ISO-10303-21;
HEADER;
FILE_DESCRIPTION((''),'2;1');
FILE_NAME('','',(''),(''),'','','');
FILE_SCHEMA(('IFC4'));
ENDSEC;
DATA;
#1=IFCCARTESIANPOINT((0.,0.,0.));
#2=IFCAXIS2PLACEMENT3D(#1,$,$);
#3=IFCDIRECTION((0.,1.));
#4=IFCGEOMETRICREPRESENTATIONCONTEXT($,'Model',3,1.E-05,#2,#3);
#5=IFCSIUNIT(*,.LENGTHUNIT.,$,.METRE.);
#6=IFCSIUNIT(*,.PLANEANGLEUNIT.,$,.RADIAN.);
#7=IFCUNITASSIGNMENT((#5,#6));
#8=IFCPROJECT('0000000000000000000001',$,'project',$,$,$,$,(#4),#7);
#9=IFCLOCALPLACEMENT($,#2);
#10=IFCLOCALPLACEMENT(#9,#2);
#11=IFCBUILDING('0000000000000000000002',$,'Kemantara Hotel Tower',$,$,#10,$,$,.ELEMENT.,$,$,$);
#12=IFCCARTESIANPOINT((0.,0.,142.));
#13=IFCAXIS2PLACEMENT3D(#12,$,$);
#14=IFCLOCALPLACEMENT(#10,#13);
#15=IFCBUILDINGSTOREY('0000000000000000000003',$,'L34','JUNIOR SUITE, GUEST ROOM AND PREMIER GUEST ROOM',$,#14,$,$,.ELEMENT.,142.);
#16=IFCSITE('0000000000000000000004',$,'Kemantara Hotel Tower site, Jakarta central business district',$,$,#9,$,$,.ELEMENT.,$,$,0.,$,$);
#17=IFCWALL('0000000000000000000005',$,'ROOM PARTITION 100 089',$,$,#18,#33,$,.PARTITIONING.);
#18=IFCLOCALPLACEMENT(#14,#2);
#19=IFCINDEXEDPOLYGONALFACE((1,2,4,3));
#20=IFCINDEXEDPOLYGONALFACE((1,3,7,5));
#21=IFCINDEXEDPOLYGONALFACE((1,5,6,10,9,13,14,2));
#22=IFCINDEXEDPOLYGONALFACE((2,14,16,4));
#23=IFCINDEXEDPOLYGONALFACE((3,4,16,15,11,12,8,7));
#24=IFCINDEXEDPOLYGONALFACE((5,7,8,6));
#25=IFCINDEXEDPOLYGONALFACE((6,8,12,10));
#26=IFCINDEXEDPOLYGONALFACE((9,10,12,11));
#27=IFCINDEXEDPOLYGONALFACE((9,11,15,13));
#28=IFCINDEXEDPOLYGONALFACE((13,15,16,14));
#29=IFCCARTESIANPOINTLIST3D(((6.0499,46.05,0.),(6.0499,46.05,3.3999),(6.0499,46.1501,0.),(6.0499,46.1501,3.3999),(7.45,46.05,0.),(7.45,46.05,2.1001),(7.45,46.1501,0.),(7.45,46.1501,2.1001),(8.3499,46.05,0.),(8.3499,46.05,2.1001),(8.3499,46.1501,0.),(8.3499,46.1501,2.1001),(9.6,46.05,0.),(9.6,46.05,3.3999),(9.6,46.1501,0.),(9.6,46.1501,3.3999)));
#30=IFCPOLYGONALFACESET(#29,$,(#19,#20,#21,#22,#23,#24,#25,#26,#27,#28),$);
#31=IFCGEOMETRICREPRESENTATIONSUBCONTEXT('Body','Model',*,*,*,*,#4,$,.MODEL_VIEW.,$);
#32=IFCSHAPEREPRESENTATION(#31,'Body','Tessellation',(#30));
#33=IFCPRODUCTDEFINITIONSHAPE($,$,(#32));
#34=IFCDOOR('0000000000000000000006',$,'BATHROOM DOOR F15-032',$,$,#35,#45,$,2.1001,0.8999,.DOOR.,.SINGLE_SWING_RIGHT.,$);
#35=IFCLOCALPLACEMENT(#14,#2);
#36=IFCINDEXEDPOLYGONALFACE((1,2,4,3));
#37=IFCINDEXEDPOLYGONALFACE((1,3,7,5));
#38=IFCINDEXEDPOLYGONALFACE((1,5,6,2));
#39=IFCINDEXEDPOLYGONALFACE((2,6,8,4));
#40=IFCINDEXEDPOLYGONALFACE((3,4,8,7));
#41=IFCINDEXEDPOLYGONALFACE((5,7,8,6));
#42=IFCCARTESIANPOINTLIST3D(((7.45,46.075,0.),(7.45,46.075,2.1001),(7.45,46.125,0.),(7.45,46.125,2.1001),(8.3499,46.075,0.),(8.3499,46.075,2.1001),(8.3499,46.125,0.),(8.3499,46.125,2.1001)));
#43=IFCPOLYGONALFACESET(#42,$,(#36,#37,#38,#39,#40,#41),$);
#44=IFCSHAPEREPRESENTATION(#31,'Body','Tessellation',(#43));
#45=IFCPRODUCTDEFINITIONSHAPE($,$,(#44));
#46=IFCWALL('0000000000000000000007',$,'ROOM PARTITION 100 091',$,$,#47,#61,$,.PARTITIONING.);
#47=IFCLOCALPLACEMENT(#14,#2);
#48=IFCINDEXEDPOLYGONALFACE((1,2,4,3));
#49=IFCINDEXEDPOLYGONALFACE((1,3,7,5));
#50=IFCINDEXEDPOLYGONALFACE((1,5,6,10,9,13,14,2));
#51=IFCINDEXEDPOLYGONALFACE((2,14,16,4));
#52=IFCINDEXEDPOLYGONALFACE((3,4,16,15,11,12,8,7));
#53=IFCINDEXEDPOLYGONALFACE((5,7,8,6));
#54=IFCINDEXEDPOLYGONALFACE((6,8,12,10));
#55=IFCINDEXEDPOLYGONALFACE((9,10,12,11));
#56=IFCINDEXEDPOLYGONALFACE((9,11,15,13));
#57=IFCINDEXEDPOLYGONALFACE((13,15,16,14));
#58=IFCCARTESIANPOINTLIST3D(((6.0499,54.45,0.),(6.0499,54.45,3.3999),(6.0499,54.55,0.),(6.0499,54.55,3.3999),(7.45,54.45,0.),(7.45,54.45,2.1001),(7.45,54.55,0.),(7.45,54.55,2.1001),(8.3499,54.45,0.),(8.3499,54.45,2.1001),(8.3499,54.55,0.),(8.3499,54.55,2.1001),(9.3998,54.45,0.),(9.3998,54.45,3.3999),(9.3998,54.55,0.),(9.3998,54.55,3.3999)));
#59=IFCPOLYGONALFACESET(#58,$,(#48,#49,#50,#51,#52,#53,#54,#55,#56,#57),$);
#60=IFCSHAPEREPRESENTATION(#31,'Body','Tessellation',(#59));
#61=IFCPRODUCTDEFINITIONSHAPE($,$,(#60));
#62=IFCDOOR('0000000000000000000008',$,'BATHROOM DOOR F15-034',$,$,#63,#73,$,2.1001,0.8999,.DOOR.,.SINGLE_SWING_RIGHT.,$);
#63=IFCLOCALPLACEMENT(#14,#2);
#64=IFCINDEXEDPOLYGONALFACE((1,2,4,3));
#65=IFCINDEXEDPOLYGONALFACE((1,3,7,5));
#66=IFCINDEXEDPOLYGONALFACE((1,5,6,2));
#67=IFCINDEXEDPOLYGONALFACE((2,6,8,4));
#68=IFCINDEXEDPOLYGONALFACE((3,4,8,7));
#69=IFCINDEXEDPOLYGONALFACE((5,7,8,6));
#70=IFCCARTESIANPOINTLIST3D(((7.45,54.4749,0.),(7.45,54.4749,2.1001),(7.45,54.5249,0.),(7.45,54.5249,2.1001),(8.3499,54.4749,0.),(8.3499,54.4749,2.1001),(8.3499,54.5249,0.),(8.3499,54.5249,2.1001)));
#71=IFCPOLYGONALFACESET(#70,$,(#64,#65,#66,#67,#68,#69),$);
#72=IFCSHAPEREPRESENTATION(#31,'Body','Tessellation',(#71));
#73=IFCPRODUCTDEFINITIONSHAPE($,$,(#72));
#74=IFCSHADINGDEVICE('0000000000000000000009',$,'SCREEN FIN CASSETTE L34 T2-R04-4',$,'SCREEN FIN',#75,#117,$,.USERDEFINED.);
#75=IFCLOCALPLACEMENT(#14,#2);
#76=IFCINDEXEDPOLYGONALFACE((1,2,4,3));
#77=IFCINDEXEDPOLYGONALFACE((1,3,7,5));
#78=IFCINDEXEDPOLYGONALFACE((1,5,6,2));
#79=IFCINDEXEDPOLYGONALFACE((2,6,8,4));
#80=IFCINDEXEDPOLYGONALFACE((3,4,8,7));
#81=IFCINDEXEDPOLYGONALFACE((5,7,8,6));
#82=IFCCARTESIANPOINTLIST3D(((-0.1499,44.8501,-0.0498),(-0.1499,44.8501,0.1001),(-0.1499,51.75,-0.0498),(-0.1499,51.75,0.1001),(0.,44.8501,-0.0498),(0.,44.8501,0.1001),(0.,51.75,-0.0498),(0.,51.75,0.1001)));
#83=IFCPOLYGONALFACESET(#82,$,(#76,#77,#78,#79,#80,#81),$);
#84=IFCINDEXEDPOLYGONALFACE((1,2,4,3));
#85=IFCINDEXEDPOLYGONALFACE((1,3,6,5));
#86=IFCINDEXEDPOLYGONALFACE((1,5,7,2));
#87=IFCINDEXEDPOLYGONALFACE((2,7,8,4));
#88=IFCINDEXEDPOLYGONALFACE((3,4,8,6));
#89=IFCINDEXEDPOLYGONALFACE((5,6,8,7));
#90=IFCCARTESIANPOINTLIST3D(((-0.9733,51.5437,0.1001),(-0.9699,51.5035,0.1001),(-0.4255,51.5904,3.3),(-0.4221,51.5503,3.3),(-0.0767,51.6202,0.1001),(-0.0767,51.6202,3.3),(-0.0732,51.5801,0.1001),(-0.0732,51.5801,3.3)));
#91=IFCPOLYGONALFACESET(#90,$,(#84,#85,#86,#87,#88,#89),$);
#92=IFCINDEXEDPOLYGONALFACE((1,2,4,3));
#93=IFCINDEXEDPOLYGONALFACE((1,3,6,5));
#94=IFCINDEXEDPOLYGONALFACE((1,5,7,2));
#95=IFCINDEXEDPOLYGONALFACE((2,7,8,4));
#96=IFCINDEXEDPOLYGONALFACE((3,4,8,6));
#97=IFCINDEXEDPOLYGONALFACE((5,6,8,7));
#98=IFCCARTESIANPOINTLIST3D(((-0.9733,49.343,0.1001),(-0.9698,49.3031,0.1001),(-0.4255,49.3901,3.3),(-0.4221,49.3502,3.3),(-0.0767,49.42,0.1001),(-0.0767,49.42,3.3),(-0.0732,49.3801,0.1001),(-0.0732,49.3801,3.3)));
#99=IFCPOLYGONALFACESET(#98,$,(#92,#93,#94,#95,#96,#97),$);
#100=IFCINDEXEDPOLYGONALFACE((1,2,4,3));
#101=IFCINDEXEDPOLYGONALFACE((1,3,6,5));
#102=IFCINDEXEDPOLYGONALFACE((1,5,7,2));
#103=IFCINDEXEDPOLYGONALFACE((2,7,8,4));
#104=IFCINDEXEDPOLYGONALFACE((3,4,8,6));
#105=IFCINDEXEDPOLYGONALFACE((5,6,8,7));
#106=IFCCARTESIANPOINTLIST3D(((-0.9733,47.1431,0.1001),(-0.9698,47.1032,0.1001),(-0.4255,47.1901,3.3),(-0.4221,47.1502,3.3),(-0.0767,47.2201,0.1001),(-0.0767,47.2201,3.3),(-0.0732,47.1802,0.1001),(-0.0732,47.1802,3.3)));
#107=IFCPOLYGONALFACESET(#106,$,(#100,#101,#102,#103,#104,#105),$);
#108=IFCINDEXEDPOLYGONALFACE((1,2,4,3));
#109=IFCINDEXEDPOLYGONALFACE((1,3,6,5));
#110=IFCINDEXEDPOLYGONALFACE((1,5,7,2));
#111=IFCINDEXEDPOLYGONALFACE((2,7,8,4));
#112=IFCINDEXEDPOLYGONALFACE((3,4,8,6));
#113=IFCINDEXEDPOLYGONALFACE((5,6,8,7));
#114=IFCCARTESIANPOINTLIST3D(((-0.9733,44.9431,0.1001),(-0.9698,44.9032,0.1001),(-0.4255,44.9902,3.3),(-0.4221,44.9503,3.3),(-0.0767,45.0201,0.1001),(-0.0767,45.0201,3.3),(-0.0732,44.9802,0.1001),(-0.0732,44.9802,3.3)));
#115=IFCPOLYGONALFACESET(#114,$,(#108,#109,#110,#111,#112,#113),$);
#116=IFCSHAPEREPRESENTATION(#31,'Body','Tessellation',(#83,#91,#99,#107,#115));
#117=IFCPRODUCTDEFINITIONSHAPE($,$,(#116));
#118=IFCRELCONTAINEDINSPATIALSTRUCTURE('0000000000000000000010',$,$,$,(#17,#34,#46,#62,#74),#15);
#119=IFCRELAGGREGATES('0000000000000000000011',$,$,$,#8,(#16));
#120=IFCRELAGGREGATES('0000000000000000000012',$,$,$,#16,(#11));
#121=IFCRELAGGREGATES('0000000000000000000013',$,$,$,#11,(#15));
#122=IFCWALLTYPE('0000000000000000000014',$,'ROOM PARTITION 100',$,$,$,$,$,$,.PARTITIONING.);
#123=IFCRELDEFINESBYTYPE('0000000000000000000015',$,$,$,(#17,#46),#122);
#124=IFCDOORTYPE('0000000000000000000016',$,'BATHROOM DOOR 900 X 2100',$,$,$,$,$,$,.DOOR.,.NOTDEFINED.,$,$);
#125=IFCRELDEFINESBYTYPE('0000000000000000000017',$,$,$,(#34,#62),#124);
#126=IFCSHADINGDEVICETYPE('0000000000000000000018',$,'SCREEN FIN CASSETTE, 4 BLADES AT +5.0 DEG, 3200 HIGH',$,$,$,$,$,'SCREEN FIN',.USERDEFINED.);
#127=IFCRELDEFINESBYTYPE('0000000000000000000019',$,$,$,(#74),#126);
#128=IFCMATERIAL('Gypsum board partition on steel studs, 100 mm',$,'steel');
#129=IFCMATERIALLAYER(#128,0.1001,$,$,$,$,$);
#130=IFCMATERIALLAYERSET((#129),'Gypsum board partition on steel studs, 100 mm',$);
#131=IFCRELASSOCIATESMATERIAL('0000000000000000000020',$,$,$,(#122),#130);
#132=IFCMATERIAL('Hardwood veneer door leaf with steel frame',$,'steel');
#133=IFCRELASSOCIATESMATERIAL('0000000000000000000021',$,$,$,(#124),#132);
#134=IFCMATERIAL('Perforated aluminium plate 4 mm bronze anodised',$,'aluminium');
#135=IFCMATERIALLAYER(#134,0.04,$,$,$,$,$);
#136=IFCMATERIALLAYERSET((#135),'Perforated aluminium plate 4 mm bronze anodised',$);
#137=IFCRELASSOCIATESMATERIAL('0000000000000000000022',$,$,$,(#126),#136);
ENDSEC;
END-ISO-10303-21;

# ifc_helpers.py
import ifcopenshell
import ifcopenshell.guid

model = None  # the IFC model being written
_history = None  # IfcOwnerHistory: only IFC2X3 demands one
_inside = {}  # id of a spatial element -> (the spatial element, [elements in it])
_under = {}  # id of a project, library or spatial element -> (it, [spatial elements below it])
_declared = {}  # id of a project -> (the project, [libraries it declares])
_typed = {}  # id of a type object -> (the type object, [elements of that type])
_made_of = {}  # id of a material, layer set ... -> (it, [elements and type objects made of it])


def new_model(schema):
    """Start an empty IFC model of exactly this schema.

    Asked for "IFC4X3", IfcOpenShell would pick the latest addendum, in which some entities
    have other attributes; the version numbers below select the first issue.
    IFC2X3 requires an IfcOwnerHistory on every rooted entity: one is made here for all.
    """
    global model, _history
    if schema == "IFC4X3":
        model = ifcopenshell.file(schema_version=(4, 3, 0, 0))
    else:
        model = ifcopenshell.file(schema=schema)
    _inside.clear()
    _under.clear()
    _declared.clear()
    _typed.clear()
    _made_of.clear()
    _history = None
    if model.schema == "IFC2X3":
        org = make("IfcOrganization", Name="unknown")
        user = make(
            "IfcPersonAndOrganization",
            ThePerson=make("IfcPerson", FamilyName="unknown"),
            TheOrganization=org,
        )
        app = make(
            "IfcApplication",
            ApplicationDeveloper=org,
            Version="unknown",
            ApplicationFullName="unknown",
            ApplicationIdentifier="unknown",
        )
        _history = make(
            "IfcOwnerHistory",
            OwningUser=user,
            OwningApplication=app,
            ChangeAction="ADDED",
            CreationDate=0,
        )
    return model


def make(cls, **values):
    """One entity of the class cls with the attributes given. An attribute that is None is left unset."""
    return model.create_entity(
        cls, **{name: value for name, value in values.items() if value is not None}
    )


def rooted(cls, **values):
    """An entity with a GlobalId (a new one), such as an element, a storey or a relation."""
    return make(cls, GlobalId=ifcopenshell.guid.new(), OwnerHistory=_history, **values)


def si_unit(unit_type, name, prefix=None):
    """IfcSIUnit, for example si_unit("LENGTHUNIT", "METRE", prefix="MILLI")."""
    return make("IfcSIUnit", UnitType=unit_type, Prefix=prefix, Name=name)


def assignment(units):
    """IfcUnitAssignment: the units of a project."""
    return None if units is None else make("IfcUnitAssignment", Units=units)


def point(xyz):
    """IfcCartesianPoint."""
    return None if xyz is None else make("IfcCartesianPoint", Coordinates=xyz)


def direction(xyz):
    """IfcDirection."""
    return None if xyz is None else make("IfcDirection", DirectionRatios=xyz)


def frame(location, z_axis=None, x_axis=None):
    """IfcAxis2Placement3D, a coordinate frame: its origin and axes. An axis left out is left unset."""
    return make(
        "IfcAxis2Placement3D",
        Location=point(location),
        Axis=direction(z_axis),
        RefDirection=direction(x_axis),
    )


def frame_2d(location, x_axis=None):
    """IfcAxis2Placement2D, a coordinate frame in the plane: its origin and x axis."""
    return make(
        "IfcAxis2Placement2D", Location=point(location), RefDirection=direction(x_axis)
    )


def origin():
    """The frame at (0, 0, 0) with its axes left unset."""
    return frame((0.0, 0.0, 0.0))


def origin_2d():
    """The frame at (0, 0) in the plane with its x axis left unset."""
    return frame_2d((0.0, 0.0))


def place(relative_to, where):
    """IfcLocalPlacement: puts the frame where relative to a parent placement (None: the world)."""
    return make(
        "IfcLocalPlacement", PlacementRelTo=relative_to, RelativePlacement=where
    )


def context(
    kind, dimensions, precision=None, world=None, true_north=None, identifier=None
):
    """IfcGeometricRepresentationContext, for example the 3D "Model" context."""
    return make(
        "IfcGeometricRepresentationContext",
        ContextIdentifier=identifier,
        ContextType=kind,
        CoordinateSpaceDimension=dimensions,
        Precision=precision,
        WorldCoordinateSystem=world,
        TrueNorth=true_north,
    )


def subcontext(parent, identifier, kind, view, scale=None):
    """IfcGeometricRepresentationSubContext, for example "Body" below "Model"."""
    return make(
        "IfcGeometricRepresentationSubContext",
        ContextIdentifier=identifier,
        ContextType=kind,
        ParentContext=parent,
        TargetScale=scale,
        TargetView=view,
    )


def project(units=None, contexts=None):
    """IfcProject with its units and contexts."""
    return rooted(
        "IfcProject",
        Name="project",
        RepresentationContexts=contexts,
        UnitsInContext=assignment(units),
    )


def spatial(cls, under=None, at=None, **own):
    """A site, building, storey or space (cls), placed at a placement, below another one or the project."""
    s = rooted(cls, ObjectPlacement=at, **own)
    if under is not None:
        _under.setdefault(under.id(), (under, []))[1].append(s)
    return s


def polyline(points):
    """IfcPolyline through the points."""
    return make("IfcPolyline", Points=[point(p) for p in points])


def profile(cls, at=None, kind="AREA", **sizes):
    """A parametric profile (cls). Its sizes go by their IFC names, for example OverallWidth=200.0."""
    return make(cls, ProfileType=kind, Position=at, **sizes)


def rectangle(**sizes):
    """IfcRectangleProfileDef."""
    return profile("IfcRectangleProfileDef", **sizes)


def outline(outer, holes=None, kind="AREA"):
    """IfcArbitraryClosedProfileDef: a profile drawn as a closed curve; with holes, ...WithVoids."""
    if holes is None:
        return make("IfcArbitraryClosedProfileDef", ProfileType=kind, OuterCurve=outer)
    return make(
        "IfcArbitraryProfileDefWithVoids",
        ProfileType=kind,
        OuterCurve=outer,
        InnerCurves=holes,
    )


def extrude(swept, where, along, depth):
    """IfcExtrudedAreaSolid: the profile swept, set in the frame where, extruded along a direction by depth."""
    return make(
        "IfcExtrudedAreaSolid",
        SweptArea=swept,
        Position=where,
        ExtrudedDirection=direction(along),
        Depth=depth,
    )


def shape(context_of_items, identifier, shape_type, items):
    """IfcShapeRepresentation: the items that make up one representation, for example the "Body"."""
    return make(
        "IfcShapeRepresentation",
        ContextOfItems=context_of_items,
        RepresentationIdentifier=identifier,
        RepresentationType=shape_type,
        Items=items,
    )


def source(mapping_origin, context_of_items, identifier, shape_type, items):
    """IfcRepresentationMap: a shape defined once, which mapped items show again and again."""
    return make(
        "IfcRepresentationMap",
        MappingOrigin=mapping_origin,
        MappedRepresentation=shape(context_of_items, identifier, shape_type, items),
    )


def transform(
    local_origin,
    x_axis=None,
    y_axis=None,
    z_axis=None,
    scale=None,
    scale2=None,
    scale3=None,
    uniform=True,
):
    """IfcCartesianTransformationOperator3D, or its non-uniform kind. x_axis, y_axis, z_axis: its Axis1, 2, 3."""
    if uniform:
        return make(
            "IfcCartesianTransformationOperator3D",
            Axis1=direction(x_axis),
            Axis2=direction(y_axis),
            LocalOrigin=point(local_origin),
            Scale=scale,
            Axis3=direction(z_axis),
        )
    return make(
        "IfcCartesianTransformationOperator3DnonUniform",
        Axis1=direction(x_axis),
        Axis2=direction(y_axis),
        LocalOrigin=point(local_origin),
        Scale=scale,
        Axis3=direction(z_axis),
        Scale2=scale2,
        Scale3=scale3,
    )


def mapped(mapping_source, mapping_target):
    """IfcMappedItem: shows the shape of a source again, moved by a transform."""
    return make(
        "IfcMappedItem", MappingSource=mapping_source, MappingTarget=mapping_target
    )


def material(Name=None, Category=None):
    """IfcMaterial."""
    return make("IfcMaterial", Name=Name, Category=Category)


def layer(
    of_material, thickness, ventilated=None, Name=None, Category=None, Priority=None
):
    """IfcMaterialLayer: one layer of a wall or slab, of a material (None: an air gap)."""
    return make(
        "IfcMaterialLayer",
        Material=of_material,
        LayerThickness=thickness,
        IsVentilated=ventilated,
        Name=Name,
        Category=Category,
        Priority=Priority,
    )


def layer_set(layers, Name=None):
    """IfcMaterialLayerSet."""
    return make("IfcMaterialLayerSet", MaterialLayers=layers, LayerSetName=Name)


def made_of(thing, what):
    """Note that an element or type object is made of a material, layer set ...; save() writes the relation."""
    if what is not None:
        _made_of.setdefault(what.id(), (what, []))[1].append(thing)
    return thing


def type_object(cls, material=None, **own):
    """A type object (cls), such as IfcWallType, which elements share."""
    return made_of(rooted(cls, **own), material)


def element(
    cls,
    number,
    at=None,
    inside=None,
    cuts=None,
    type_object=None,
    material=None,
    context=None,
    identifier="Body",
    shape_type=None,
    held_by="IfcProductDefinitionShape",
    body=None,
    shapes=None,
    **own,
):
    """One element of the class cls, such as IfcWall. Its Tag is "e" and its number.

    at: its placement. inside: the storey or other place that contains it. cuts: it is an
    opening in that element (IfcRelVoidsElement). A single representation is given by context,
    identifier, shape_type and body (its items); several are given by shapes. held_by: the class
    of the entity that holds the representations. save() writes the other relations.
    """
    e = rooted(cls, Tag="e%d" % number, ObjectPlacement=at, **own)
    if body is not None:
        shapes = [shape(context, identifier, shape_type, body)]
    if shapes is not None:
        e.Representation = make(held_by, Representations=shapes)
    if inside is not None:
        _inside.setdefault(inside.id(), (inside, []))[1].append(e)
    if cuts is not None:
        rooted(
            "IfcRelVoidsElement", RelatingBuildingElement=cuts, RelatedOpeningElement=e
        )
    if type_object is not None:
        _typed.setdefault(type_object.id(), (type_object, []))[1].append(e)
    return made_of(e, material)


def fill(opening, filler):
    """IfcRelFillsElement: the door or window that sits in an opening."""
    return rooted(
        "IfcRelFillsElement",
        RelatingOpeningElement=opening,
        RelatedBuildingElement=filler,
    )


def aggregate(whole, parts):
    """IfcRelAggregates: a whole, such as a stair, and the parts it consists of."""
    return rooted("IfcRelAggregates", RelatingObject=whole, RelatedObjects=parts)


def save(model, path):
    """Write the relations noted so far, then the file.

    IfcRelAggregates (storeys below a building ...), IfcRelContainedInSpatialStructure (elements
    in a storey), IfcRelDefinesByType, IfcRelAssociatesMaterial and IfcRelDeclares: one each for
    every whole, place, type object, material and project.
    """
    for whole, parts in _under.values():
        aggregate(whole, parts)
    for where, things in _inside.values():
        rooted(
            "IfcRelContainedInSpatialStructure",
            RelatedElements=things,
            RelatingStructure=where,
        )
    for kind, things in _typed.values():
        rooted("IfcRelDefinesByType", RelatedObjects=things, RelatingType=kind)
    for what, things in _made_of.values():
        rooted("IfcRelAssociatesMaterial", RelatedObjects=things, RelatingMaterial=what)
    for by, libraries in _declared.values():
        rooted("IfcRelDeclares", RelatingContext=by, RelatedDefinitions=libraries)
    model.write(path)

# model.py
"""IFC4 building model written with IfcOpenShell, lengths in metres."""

from ifc_helpers import new_model, si_unit, direction, frame, frame_2d, origin, origin_2d, place, context, subcontext, project, spatial, polyline, rectangle, outline, extrude, source, transform, mapped, material, layer, layer_set, type_object, element, fill, save


model = new_model("IFC4")

# Units and contexts
model_context = context("Model", 3, precision=1e-05, world=origin(), true_north=direction((0.0, 1.0)))
body_context = subcontext(model_context, "Body", "Model", "MODEL_VIEW")
ifc_project = project(units=[si_unit("LENGTHUNIT", "METRE"), si_unit("PLANEANGLEUNIT", "RADIAN")], contexts=[model_context])

# Site, building, storey
site_placement = place(None, origin())
site = spatial("IfcSite", under=ifc_project, at=site_placement, Name="Kemantara Hotel Tower site, Jakarta central business district", CompositionType="ELEMENT", RefElevation=0.0)
building_placement = place(site_placement, origin())
building = spatial("IfcBuilding", under=site, at=building_placement, Name="Kemantara Hotel Tower", CompositionType="ELEMENT")
storey_placement = place(building_placement, frame((0.0, 0.0, 142.0)))
storey = spatial("IfcBuildingStorey", under=building, at=storey_placement, Name="L34", Description="JUNIOR SUITE, GUEST ROOM AND PREMIER GUEST ROOM", CompositionType="ELEMENT", Elevation=142.0)

# Shared definitions
ifc_material_1 = material(Name="Hardwood veneer door leaf with steel frame", Category="steel")

# Shared definitions
ifc_material_2 = material(Name="Gypsum board partition on steel studs, 100 mm", Category="steel")
ifc_layer_1 = layer(ifc_material_2, 0.1001)
ifc_layer_set_1 = layer_set([ifc_layer_1], Name="Gypsum board partition on steel studs, 100 mm")
wall_type_1 = type_object("IfcWallType", Name="ROOM PARTITION 100", PredefinedType="PARTITIONING", material=ifc_layer_set_1)

# Walls, openings, doors
wall_1_placement = place(storey_placement, frame((6.05, 46.1001, 0.0), z_axis=(0.0, 0.0, 1.0), x_axis=(1.0, 0.0, 0.0)))
wall_1 = element("IfcWall", 1, at=wall_1_placement, inside=storey, type_object=wall_type_1, Name="ROOM PARTITION 100 089", PredefinedType="PARTITIONING", context=body_context, shape_type="SweptSolid", body=[
    extrude(rectangle(XDim=3.55, YDim=0.1001, at=frame_2d((1.7749, 0.0))), origin(), (0.0, 0.0, 1.0), 3.3999),
])
opening_1_placement = place(wall_1_placement, frame((1.3999, 0.0, 0.0)))
opening_1 = element("IfcOpeningElement", 2, at=opening_1_placement, cuts=wall_1, PredefinedType="OPENING", context=body_context, shape_type="SweptSolid", body=[
    extrude(rectangle(XDim=0.8999, YDim=2.1001, at=frame_2d((0.45, 1.05))), frame((0.0, 0.0601, 0.0), z_axis=(0.0, -1.0, 0.0), x_axis=(1.0, 0.0, 0.0)), (0.0, 0.0, 1.0), 0.1201),
])
door_type_1 = type_object("IfcDoorType", Name="BATHROOM DOOR 900 X 2100", OperationType="NOTDEFINED", PredefinedType="DOOR", material=ifc_material_1)
door_1_placement = place(opening_1_placement, origin())
door_1 = element("IfcDoor", 3, at=door_1_placement, inside=storey, type_object=door_type_1, Name="BATHROOM DOOR F15-032", OperationType="SINGLE_SWING_RIGHT", OverallHeight=2.1001, OverallWidth=0.8999, PredefinedType="DOOR", context=body_context, shape_type="SweptSolid", body=[
    extrude(rectangle(XDim=0.8999, YDim=2.1001, at=frame_2d((0.45, 1.05))), frame((0.0, 0.0249, 0.0), z_axis=(0.0, -1.0, 0.0), x_axis=(1.0, 0.0, 0.0)), (0.0, 0.0, 1.0), 0.05),
])
fill(opening_1, door_1)
wall_2_placement = place(storey_placement, frame((6.05, 54.5, 0.0), z_axis=(0.0, 0.0, 1.0), x_axis=(1.0, 0.0, 0.0)))
wall_2 = element("IfcWall", 4, at=wall_2_placement, inside=storey, type_object=wall_type_1, Name="ROOM PARTITION 100 091", PredefinedType="PARTITIONING", context=body_context, shape_type="SweptSolid", body=[
    extrude(rectangle(XDim=3.3499, YDim=0.1001, at=frame_2d((1.6748, 0.0))), origin(), (0.0, 0.0, 1.0), 3.3999),
])
opening_2_placement = place(wall_2_placement, frame((1.3999, 0.0, 0.0)))
opening_2 = element("IfcOpeningElement", 5, at=opening_2_placement, cuts=wall_2, PredefinedType="OPENING", context=body_context, shape_type="SweptSolid", body=[
    extrude(rectangle(XDim=0.8999, YDim=2.1001, at=frame_2d((0.45, 1.05))), frame((0.0, 0.0601, 0.0), z_axis=(0.0, -1.0, 0.0), x_axis=(1.0, 0.0, 0.0)), (0.0, 0.0, 1.0), 0.1201),
])
door_2_placement = place(opening_2_placement, origin())
door_2 = element("IfcDoor", 6, at=door_2_placement, inside=storey, type_object=door_type_1, Name="BATHROOM DOOR F15-034", OperationType="SINGLE_SWING_RIGHT", OverallHeight=2.1001, OverallWidth=0.8999, PredefinedType="DOOR", context=body_context, shape_type="SweptSolid", body=[
    extrude(rectangle(XDim=0.8999, YDim=2.1001, at=frame_2d((0.45, 1.05))), frame((0.0, 0.0249, 0.0), z_axis=(0.0, -1.0, 0.0), x_axis=(1.0, 0.0, 0.0)), (0.0, 0.0, 1.0), 0.05),
])
fill(opening_2, door_2)

# Shading device
ifc_material_3 = material(Name="Perforated aluminium plate 4 mm bronze anodised", Category="aluminium")
ifc_layer_2 = layer(ifc_material_3, 0.04)
ifc_layer_set_2 = layer_set([ifc_layer_2], Name="Perforated aluminium plate 4 mm bronze anodised")
shading_device_type = type_object("IfcShadingDeviceType", Name="SCREEN FIN CASSETTE, 4 BLADES AT +5.0 DEG, 3200 HIGH", ElementType="SCREEN FIN", PredefinedType="USERDEFINED", material=ifc_layer_set_2)
shared_shape = source(origin(), body_context, "Body", "SweptSolid", [
    extrude(rectangle(XDim=6.8999, YDim=0.1499, at=origin_2d()), frame((3.3, -0.075, -0.1499), z_axis=(0.0, 0.0, 1.0), x_axis=(1.0, 0.0, 0.0)), (0.0, 0.0, 1.0), 0.1499),
    extrude(outline(polyline([(0.0, 0.0), (0.8999, 0.0), (0.3501, 3.2), (0.0, 3.2), (0.0, 0.0)])), frame((0.02, -0.0732, 0.0), z_axis=(-0.996376, -0.085056, 0.0), x_axis=(0.085056, -0.996376, 0.0)), (0.0, 0.0, 1.0), 0.0403),
    extrude(outline(polyline([(0.0, 0.0), (0.8999, 0.0), (0.3501, 3.2), (0.0, 3.2), (0.0, 0.0)])), frame((2.22, -0.0732, 0.0), z_axis=(-0.996332, -0.085575, 0.0), x_axis=(0.085575, -0.996332, 0.0)), (0.0, 0.0, 1.0), 0.04),
    extrude(outline(polyline([(0.0, 0.0), (0.8999, 0.0), (0.3501, 3.2), (0.0, 3.2), (0.0, 0.0)])), frame((4.4199, -0.0732, 0.0), z_axis=(-0.996332, -0.085575, 0.0), x_axis=(0.085575, -0.996332, 0.0)), (0.0, 0.0, 1.0), 0.04),
    extrude(outline(polyline([(0.0, 0.0), (0.8999, 0.0), (0.3501, 3.2), (0.0, 3.2), (0.0, 0.0)])), frame((6.6199, -0.0732, 0.0), z_axis=(-0.996332, -0.085575, 0.0), x_axis=(0.085575, -0.996332, 0.0)), (0.0, 0.0, 1.0), 0.04),
])
shading_device_placement = place(storey_placement, frame((0.0, 51.6001, 0.1001), z_axis=(0.0, 0.0, 1.0), x_axis=(0.0, -1.0, 0.0)))
element("IfcShadingDevice", 7, at=shading_device_placement, inside=storey, type_object=shading_device_type, Name="SCREEN FIN CASSETTE L34 T2-R04-4", ObjectType="SCREEN FIN", PredefinedType="USERDEFINED", context=body_context, shape_type="MappedRepresentation", body=[
    mapped(shared_shape, transform((0.0, 0.0, 0.0))),
])

save(model, "model.ifc")
